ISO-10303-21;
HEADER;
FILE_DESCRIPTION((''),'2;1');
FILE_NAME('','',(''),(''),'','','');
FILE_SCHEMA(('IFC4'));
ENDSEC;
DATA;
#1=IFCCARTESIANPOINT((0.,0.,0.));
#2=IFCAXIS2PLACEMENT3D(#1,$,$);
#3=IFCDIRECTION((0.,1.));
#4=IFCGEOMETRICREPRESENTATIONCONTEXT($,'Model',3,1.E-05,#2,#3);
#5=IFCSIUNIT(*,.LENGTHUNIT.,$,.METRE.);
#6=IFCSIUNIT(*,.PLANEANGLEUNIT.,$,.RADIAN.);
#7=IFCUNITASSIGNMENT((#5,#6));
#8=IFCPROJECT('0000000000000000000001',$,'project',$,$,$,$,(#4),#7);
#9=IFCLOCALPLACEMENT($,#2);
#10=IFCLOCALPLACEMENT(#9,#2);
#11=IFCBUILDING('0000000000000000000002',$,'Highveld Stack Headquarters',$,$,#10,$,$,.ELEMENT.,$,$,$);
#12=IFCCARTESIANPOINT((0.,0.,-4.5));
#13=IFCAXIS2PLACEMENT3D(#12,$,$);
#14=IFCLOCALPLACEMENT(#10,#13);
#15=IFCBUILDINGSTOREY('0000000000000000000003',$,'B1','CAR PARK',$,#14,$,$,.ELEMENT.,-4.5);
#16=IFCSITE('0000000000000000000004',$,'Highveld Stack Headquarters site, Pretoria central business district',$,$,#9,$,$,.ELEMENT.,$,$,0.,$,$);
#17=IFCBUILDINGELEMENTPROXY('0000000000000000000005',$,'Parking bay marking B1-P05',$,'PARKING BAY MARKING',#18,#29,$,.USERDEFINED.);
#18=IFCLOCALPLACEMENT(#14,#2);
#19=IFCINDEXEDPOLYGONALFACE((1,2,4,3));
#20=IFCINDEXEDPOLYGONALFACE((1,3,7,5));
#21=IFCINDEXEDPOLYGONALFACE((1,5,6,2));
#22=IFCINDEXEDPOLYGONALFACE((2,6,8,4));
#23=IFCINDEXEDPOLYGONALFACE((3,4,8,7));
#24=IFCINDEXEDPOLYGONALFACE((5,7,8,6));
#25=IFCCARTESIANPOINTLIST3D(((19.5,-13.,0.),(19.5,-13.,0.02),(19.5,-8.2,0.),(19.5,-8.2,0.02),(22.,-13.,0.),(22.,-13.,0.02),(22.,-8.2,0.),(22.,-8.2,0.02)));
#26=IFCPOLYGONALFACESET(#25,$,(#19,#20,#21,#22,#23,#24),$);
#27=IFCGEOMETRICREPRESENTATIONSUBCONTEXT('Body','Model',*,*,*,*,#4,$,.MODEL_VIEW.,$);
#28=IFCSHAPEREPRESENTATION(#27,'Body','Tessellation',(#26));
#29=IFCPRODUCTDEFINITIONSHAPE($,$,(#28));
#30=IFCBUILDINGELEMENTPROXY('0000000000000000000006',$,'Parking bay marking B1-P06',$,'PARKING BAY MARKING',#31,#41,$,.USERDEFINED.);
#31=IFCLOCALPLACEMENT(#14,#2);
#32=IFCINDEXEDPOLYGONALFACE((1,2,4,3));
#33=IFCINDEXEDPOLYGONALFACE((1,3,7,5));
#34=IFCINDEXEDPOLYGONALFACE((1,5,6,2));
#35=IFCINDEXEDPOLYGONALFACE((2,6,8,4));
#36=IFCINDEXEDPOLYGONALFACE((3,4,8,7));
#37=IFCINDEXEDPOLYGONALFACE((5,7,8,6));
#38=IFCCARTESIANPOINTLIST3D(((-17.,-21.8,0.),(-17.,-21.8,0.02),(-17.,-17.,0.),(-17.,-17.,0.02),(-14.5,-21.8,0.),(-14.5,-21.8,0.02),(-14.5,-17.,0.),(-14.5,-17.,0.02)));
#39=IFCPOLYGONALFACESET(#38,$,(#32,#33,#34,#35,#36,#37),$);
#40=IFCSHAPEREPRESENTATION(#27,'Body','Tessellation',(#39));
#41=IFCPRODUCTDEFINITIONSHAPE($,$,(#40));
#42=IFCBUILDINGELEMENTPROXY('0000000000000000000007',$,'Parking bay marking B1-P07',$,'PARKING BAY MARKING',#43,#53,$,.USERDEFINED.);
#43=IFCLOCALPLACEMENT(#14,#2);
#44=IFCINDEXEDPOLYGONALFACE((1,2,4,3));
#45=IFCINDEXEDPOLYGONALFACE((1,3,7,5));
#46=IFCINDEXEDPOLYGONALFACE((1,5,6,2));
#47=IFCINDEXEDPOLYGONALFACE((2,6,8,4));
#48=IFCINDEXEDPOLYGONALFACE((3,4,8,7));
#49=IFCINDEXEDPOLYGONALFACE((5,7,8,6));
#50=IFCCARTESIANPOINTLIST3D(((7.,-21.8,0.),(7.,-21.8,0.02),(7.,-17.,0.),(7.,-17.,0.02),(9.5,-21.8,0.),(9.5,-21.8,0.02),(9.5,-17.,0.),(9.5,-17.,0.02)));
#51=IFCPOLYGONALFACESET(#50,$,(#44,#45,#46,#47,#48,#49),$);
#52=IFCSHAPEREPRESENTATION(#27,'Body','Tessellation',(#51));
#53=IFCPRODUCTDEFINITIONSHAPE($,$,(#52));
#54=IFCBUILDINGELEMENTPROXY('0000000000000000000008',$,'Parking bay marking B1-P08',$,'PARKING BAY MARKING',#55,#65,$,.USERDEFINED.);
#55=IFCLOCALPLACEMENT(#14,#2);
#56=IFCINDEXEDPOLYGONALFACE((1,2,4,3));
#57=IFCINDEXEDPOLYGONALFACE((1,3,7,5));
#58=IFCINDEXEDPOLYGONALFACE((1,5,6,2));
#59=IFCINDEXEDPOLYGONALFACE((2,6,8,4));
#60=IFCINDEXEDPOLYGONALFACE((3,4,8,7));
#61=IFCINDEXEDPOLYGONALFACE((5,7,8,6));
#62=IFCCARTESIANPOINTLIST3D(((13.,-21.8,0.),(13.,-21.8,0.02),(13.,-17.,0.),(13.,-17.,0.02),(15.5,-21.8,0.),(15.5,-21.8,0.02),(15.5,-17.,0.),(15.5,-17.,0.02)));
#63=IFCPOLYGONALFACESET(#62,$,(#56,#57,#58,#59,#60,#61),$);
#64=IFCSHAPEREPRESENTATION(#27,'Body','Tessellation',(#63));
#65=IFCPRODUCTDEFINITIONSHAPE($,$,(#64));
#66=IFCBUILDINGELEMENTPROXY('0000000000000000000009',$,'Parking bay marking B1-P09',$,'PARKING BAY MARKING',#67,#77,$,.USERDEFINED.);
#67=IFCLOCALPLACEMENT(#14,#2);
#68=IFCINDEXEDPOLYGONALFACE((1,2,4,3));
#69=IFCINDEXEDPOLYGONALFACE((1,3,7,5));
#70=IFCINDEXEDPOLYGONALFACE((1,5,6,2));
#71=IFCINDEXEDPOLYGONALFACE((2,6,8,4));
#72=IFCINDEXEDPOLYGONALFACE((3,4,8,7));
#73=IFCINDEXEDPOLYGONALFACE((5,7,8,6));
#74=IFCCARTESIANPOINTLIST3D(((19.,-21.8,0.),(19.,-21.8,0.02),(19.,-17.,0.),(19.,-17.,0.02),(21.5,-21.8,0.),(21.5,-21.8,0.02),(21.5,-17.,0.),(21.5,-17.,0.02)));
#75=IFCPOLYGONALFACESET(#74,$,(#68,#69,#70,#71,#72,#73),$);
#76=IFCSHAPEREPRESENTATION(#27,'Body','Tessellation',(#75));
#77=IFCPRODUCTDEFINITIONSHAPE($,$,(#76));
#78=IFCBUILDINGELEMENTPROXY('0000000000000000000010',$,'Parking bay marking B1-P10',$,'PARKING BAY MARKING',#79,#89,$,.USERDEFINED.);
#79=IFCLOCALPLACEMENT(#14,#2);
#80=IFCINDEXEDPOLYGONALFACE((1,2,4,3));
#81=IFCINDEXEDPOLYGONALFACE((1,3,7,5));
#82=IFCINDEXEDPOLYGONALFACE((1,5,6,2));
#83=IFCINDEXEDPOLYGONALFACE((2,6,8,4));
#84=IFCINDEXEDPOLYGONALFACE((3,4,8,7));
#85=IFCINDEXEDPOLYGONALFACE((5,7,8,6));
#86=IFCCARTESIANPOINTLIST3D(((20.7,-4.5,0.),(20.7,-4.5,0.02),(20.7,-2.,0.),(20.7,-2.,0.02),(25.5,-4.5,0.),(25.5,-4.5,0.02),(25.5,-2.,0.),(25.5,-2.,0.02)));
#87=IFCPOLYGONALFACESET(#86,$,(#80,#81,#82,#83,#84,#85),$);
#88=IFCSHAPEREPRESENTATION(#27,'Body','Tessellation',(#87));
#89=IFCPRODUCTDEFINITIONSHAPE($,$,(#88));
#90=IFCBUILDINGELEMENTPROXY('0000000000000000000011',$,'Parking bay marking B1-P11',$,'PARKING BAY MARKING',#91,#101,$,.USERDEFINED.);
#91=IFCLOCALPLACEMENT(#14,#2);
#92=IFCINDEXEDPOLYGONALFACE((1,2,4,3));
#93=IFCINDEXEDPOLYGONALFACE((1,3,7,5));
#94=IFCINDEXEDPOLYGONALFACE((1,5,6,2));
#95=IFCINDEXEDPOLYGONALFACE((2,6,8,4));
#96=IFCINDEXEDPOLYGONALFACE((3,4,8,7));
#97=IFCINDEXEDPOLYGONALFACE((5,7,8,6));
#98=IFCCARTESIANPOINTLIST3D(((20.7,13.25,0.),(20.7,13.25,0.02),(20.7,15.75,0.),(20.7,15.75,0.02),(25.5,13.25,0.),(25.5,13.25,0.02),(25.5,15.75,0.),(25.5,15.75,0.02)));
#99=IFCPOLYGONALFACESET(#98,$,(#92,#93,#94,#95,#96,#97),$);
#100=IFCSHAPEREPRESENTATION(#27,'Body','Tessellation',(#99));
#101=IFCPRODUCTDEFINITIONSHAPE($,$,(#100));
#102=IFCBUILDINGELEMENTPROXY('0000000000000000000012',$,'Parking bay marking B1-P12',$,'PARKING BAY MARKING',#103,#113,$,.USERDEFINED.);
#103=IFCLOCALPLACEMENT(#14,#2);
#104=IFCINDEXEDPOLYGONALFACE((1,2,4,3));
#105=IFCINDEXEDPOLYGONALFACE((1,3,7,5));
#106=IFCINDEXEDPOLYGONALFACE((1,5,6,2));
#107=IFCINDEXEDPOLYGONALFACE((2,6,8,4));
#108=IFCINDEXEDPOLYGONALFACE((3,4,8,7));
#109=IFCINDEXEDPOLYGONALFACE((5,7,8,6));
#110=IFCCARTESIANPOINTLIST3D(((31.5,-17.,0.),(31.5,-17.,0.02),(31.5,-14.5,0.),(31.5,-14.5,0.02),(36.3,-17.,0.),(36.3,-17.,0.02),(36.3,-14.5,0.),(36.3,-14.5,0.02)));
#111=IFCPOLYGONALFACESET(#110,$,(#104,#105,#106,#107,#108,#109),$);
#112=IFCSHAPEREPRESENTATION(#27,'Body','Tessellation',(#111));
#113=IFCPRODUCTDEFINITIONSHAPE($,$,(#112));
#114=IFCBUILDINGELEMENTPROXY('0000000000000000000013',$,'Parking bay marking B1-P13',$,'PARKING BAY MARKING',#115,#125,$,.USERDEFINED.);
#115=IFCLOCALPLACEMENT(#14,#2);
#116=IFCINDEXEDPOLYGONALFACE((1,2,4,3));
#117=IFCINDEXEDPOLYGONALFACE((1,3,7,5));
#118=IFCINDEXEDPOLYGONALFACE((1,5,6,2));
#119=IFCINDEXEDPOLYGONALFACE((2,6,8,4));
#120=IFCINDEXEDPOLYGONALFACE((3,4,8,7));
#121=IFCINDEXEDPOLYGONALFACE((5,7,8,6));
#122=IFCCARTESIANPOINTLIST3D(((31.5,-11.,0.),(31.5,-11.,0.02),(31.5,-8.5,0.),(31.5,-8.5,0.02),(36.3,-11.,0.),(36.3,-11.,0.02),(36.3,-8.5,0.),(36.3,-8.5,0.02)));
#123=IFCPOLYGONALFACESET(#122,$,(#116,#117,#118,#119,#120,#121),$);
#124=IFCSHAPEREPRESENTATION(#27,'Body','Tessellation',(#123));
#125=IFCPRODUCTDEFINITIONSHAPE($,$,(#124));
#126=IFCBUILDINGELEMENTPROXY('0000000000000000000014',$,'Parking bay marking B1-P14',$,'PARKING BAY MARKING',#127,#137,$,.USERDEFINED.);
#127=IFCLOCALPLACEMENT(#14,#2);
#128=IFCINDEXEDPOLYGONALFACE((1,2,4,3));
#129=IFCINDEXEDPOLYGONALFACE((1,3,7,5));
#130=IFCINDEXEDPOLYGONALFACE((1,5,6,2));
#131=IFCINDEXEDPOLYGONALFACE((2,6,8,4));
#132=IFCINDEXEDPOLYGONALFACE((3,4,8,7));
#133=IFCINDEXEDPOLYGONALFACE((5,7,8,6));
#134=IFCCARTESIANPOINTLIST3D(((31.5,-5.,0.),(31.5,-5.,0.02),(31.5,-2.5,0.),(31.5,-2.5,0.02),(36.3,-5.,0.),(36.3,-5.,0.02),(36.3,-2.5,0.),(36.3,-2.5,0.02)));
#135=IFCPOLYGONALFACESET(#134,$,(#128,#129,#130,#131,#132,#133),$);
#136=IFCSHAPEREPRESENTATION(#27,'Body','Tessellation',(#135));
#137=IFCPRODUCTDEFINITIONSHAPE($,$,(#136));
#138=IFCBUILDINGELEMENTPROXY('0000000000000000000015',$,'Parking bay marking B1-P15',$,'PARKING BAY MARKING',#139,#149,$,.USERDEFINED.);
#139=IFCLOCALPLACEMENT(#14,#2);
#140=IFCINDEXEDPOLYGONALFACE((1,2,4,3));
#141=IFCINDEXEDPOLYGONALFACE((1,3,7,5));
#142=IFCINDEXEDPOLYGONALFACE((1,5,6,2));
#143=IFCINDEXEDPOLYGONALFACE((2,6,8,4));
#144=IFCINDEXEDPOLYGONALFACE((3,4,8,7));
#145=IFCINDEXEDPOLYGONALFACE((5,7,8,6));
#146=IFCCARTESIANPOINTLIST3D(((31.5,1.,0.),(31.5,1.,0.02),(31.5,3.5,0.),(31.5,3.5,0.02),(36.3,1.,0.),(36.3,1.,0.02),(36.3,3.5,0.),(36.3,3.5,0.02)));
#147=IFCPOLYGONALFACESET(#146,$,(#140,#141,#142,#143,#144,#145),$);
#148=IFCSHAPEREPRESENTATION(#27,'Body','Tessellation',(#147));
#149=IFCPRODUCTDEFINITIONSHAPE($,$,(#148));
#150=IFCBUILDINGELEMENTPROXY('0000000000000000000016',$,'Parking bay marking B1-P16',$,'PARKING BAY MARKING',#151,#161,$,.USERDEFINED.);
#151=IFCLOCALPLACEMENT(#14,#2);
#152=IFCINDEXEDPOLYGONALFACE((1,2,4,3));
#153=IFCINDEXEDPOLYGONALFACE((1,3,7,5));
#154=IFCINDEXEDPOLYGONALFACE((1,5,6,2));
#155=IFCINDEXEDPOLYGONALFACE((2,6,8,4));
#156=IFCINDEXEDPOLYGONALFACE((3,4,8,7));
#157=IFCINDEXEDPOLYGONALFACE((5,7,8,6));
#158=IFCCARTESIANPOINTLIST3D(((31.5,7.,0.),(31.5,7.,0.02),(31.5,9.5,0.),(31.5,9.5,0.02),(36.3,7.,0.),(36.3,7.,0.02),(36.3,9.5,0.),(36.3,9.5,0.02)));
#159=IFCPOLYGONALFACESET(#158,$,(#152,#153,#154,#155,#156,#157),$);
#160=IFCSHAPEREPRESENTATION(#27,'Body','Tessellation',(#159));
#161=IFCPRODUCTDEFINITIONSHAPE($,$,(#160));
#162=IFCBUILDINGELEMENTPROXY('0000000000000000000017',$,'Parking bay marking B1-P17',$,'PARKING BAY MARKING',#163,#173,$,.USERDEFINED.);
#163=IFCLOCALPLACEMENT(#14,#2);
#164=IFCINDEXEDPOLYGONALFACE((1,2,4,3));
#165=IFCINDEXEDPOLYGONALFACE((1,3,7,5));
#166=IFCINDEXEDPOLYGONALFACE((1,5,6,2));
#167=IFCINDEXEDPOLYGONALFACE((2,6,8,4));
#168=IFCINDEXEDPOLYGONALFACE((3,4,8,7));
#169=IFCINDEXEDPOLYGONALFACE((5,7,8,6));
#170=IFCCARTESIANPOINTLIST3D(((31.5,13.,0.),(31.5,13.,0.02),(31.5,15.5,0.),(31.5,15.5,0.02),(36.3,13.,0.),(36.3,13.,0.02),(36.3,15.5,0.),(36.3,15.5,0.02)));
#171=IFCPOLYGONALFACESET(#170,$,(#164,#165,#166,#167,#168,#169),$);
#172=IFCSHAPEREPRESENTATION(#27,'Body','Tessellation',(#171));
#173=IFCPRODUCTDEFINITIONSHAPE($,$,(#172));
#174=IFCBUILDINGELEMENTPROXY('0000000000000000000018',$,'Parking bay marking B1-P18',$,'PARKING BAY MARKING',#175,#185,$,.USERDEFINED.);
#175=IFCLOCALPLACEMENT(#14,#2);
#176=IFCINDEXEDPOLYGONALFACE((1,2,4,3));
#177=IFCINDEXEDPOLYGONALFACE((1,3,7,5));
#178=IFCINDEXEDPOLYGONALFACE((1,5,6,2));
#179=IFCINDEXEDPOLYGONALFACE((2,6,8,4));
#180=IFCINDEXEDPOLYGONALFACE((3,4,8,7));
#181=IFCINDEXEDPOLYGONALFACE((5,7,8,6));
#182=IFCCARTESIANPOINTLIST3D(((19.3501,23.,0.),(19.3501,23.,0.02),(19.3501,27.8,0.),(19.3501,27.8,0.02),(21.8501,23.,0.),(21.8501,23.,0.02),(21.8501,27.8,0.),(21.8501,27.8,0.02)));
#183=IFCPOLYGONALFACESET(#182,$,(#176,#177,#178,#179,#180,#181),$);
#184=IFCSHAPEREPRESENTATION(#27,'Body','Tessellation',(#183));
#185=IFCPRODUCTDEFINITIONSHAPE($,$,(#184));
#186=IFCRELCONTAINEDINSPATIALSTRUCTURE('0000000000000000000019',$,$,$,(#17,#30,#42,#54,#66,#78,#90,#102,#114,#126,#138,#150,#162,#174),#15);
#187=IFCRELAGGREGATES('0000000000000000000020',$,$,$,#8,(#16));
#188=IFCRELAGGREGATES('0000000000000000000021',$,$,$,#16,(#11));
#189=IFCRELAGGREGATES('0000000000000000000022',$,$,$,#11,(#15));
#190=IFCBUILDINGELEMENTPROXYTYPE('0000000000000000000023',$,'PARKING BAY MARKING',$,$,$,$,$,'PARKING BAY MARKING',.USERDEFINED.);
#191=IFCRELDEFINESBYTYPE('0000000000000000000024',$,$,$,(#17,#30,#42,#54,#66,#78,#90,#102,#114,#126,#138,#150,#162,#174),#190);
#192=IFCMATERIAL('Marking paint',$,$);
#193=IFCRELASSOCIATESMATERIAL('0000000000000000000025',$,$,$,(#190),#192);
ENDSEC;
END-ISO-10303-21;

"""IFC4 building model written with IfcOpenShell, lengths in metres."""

from ifc_helpers import new_model, si_unit, direction, frame, origin, place, context, subcontext, project, spatial, polyline, outline, extrude, material, type_object, element, save


model = new_model("IFC4")

# Units and contexts
model_context = context("Model", 3, precision=1e-05, world=origin(), true_north=direction((0.0, 1.0)))
body_context = subcontext(model_context, "Body", "Model", "MODEL_VIEW")
ifc_project = project(units=[si_unit("LENGTHUNIT", "METRE"), si_unit("PLANEANGLEUNIT", "RADIAN")], contexts=[model_context])

# Site, building, storey
site_placement = place(None, origin())
site = spatial("IfcSite", under=ifc_project, at=site_placement, Name="Highveld Stack Headquarters site, Pretoria central business district", CompositionType="ELEMENT", RefElevation=0.0)
building_placement = place(site_placement, origin())
building = spatial("IfcBuilding", under=site, at=building_placement, Name="Highveld Stack Headquarters", CompositionType="ELEMENT")
storey_placement = place(building_placement, frame((0.0, 0.0, -4.5)))
storey = spatial("IfcBuildingStorey", under=building, at=storey_placement, Name="B1", Description="CAR PARK", CompositionType="ELEMENT", Elevation=-4.5)

# Building element proxies
ifc_material_1 = material(Name="Marking paint")
building_element_proxy_type_1 = type_object("IfcBuildingElementProxyType", Name="PARKING BAY MARKING", ElementType="PARKING BAY MARKING", PredefinedType="USERDEFINED", material=ifc_material_1)
proxy_1_placement = place(storey_placement, origin())
element("IfcBuildingElementProxy", 1, at=proxy_1_placement, inside=storey, type_object=building_element_proxy_type_1, Name="Parking bay marking B1-P05", ObjectType="PARKING BAY MARKING", PredefinedType="USERDEFINED", context=body_context, shape_type="SweptSolid", body=[
    extrude(outline(polyline([(22.0, -13.0), (22.0, -8.2), (19.5, -8.2), (19.5, -13.0), (22.0, -13.0)])), origin(), (0.0, 0.0, 1.0), 0.02),
])
proxy_2_placement = place(storey_placement, origin())
element("IfcBuildingElementProxy", 2, at=proxy_2_placement, inside=storey, type_object=building_element_proxy_type_1, Name="Parking bay marking B1-P06", ObjectType="PARKING BAY MARKING", PredefinedType="USERDEFINED", context=body_context, shape_type="SweptSolid", body=[
    extrude(outline(polyline([(-14.5, -21.8), (-14.5, -17.0), (-17.0, -17.0), (-17.0, -21.8), (-14.5, -21.8)])), origin(), (0.0, 0.0, 1.0), 0.02),
])
proxy_3_placement = place(storey_placement, origin())
element("IfcBuildingElementProxy", 3, at=proxy_3_placement, inside=storey, type_object=building_element_proxy_type_1, Name="Parking bay marking B1-P07", ObjectType="PARKING BAY MARKING", PredefinedType="USERDEFINED", context=body_context, shape_type="SweptSolid", body=[
    extrude(outline(polyline([(9.5, -21.8), (9.5, -17.0), (7.0, -17.0), (7.0, -21.8), (9.5, -21.8)])), origin(), (0.0, 0.0, 1.0), 0.02),
])
proxy_4_placement = place(storey_placement, origin())
element("IfcBuildingElementProxy", 4, at=proxy_4_placement, inside=storey, type_object=building_element_proxy_type_1, Name="Parking bay marking B1-P08", ObjectType="PARKING BAY MARKING", PredefinedType="USERDEFINED", context=body_context, shape_type="SweptSolid", body=[
    extrude(outline(polyline([(15.5, -21.8), (15.5, -17.0), (13.0, -17.0), (13.0, -21.8), (15.5, -21.8)])), origin(), (0.0, 0.0, 1.0), 0.02),
])
proxy_5_placement = place(storey_placement, origin())
element("IfcBuildingElementProxy", 5, at=proxy_5_placement, inside=storey, type_object=building_element_proxy_type_1, Name="Parking bay marking B1-P09", ObjectType="PARKING BAY MARKING", PredefinedType="USERDEFINED", context=body_context, shape_type="SweptSolid", body=[
    extrude(outline(polyline([(21.5, -21.8), (21.5, -17.0), (19.0, -17.0), (19.0, -21.8), (21.5, -21.8)])), origin(), (0.0, 0.0, 1.0), 0.02),
])
proxy_6_placement = place(storey_placement, origin())
element("IfcBuildingElementProxy", 6, at=proxy_6_placement, inside=storey, type_object=building_element_proxy_type_1, Name="Parking bay marking B1-P10", ObjectType="PARKING BAY MARKING", PredefinedType="USERDEFINED", context=body_context, shape_type="SweptSolid", body=[
    extrude(outline(polyline([(25.5, -4.5), (25.5, -2.0), (20.7, -2.0), (20.7, -4.5), (25.5, -4.5)])), origin(), (0.0, 0.0, 1.0), 0.02),
])
proxy_7_placement = place(storey_placement, origin())
element("IfcBuildingElementProxy", 7, at=proxy_7_placement, inside=storey, type_object=building_element_proxy_type_1, Name="Parking bay marking B1-P11", ObjectType="PARKING BAY MARKING", PredefinedType="USERDEFINED", context=body_context, shape_type="SweptSolid", body=[
    extrude(outline(polyline([(25.5, 13.25), (25.5, 15.75), (20.7, 15.75), (20.7, 13.25), (25.5, 13.25)])), origin(), (0.0, 0.0, 1.0), 0.02),
])
proxy_8_placement = place(storey_placement, origin())
element("IfcBuildingElementProxy", 8, at=proxy_8_placement, inside=storey, type_object=building_element_proxy_type_1, Name="Parking bay marking B1-P12", ObjectType="PARKING BAY MARKING", PredefinedType="USERDEFINED", context=body_context, shape_type="SweptSolid", body=[
    extrude(outline(polyline([(36.3, -17.0), (36.3, -14.5), (31.5, -14.5), (31.5, -17.0), (36.3, -17.0)])), origin(), (0.0, 0.0, 1.0), 0.02),
])
proxy_9_placement = place(storey_placement, origin())
element("IfcBuildingElementProxy", 9, at=proxy_9_placement, inside=storey, type_object=building_element_proxy_type_1, Name="Parking bay marking B1-P13", ObjectType="PARKING BAY MARKING", PredefinedType="USERDEFINED", context=body_context, shape_type="SweptSolid", body=[
    extrude(outline(polyline([(36.3, -11.0), (36.3, -8.5), (31.5, -8.5), (31.5, -11.0), (36.3, -11.0)])), origin(), (0.0, 0.0, 1.0), 0.02),
])
proxy_10_placement = place(storey_placement, origin())
element("IfcBuildingElementProxy", 10, at=proxy_10_placement, inside=storey, type_object=building_element_proxy_type_1, Name="Parking bay marking B1-P14", ObjectType="PARKING BAY MARKING", PredefinedType="USERDEFINED", context=body_context, shape_type="SweptSolid", body=[
    extrude(outline(polyline([(36.3, -5.0), (36.3, -2.5), (31.5, -2.5), (31.5, -5.0), (36.3, -5.0)])), origin(), (0.0, 0.0, 1.0), 0.02),
])
proxy_11_placement = place(storey_placement, origin())
element("IfcBuildingElementProxy", 11, at=proxy_11_placement, inside=storey, type_object=building_element_proxy_type_1, Name="Parking bay marking B1-P15", ObjectType="PARKING BAY MARKING", PredefinedType="USERDEFINED", context=body_context, shape_type="SweptSolid", body=[
    extrude(outline(polyline([(36.3, 1.0), (36.3, 3.5), (31.5, 3.5), (31.5, 1.0), (36.3, 1.0)])), origin(), (0.0, 0.0, 1.0), 0.02),
])
proxy_12_placement = place(storey_placement, origin())
element("IfcBuildingElementProxy", 12, at=proxy_12_placement, inside=storey, type_object=building_element_proxy_type_1, Name="Parking bay marking B1-P16", ObjectType="PARKING BAY MARKING", PredefinedType="USERDEFINED", context=body_context, shape_type="SweptSolid", body=[
    extrude(outline(polyline([(36.3, 7.0), (36.3, 9.5), (31.5, 9.5), (31.5, 7.0), (36.3, 7.0)])), origin(), (0.0, 0.0, 1.0), 0.02),
])
proxy_13_placement = place(storey_placement, origin())
element("IfcBuildingElementProxy", 13, at=proxy_13_placement, inside=storey, type_object=building_element_proxy_type_1, Name="Parking bay marking B1-P17", ObjectType="PARKING BAY MARKING", PredefinedType="USERDEFINED", context=body_context, shape_type="SweptSolid", body=[
    extrude(outline(polyline([(36.3, 13.0), (36.3, 15.5), (31.5, 15.5), (31.5, 13.0), (36.3, 13.0)])), origin(), (0.0, 0.0, 1.0), 0.02),
])
proxy_14_placement = place(storey_placement, origin())
element("IfcBuildingElementProxy", 14, at=proxy_14_placement, inside=storey, type_object=building_element_proxy_type_1, Name="Parking bay marking B1-P18", ObjectType="PARKING BAY MARKING", PredefinedType="USERDEFINED", context=body_context, shape_type="SweptSolid", body=[
    extrude(outline(polyline([(21.8501, 23.0), (21.8501, 27.8), (19.3501, 27.8), (19.3501, 23.0), (21.8501, 23.0)])), origin(), (0.0, 0.0, 1.0), 0.02),
])

save(model, "model.ifc")
